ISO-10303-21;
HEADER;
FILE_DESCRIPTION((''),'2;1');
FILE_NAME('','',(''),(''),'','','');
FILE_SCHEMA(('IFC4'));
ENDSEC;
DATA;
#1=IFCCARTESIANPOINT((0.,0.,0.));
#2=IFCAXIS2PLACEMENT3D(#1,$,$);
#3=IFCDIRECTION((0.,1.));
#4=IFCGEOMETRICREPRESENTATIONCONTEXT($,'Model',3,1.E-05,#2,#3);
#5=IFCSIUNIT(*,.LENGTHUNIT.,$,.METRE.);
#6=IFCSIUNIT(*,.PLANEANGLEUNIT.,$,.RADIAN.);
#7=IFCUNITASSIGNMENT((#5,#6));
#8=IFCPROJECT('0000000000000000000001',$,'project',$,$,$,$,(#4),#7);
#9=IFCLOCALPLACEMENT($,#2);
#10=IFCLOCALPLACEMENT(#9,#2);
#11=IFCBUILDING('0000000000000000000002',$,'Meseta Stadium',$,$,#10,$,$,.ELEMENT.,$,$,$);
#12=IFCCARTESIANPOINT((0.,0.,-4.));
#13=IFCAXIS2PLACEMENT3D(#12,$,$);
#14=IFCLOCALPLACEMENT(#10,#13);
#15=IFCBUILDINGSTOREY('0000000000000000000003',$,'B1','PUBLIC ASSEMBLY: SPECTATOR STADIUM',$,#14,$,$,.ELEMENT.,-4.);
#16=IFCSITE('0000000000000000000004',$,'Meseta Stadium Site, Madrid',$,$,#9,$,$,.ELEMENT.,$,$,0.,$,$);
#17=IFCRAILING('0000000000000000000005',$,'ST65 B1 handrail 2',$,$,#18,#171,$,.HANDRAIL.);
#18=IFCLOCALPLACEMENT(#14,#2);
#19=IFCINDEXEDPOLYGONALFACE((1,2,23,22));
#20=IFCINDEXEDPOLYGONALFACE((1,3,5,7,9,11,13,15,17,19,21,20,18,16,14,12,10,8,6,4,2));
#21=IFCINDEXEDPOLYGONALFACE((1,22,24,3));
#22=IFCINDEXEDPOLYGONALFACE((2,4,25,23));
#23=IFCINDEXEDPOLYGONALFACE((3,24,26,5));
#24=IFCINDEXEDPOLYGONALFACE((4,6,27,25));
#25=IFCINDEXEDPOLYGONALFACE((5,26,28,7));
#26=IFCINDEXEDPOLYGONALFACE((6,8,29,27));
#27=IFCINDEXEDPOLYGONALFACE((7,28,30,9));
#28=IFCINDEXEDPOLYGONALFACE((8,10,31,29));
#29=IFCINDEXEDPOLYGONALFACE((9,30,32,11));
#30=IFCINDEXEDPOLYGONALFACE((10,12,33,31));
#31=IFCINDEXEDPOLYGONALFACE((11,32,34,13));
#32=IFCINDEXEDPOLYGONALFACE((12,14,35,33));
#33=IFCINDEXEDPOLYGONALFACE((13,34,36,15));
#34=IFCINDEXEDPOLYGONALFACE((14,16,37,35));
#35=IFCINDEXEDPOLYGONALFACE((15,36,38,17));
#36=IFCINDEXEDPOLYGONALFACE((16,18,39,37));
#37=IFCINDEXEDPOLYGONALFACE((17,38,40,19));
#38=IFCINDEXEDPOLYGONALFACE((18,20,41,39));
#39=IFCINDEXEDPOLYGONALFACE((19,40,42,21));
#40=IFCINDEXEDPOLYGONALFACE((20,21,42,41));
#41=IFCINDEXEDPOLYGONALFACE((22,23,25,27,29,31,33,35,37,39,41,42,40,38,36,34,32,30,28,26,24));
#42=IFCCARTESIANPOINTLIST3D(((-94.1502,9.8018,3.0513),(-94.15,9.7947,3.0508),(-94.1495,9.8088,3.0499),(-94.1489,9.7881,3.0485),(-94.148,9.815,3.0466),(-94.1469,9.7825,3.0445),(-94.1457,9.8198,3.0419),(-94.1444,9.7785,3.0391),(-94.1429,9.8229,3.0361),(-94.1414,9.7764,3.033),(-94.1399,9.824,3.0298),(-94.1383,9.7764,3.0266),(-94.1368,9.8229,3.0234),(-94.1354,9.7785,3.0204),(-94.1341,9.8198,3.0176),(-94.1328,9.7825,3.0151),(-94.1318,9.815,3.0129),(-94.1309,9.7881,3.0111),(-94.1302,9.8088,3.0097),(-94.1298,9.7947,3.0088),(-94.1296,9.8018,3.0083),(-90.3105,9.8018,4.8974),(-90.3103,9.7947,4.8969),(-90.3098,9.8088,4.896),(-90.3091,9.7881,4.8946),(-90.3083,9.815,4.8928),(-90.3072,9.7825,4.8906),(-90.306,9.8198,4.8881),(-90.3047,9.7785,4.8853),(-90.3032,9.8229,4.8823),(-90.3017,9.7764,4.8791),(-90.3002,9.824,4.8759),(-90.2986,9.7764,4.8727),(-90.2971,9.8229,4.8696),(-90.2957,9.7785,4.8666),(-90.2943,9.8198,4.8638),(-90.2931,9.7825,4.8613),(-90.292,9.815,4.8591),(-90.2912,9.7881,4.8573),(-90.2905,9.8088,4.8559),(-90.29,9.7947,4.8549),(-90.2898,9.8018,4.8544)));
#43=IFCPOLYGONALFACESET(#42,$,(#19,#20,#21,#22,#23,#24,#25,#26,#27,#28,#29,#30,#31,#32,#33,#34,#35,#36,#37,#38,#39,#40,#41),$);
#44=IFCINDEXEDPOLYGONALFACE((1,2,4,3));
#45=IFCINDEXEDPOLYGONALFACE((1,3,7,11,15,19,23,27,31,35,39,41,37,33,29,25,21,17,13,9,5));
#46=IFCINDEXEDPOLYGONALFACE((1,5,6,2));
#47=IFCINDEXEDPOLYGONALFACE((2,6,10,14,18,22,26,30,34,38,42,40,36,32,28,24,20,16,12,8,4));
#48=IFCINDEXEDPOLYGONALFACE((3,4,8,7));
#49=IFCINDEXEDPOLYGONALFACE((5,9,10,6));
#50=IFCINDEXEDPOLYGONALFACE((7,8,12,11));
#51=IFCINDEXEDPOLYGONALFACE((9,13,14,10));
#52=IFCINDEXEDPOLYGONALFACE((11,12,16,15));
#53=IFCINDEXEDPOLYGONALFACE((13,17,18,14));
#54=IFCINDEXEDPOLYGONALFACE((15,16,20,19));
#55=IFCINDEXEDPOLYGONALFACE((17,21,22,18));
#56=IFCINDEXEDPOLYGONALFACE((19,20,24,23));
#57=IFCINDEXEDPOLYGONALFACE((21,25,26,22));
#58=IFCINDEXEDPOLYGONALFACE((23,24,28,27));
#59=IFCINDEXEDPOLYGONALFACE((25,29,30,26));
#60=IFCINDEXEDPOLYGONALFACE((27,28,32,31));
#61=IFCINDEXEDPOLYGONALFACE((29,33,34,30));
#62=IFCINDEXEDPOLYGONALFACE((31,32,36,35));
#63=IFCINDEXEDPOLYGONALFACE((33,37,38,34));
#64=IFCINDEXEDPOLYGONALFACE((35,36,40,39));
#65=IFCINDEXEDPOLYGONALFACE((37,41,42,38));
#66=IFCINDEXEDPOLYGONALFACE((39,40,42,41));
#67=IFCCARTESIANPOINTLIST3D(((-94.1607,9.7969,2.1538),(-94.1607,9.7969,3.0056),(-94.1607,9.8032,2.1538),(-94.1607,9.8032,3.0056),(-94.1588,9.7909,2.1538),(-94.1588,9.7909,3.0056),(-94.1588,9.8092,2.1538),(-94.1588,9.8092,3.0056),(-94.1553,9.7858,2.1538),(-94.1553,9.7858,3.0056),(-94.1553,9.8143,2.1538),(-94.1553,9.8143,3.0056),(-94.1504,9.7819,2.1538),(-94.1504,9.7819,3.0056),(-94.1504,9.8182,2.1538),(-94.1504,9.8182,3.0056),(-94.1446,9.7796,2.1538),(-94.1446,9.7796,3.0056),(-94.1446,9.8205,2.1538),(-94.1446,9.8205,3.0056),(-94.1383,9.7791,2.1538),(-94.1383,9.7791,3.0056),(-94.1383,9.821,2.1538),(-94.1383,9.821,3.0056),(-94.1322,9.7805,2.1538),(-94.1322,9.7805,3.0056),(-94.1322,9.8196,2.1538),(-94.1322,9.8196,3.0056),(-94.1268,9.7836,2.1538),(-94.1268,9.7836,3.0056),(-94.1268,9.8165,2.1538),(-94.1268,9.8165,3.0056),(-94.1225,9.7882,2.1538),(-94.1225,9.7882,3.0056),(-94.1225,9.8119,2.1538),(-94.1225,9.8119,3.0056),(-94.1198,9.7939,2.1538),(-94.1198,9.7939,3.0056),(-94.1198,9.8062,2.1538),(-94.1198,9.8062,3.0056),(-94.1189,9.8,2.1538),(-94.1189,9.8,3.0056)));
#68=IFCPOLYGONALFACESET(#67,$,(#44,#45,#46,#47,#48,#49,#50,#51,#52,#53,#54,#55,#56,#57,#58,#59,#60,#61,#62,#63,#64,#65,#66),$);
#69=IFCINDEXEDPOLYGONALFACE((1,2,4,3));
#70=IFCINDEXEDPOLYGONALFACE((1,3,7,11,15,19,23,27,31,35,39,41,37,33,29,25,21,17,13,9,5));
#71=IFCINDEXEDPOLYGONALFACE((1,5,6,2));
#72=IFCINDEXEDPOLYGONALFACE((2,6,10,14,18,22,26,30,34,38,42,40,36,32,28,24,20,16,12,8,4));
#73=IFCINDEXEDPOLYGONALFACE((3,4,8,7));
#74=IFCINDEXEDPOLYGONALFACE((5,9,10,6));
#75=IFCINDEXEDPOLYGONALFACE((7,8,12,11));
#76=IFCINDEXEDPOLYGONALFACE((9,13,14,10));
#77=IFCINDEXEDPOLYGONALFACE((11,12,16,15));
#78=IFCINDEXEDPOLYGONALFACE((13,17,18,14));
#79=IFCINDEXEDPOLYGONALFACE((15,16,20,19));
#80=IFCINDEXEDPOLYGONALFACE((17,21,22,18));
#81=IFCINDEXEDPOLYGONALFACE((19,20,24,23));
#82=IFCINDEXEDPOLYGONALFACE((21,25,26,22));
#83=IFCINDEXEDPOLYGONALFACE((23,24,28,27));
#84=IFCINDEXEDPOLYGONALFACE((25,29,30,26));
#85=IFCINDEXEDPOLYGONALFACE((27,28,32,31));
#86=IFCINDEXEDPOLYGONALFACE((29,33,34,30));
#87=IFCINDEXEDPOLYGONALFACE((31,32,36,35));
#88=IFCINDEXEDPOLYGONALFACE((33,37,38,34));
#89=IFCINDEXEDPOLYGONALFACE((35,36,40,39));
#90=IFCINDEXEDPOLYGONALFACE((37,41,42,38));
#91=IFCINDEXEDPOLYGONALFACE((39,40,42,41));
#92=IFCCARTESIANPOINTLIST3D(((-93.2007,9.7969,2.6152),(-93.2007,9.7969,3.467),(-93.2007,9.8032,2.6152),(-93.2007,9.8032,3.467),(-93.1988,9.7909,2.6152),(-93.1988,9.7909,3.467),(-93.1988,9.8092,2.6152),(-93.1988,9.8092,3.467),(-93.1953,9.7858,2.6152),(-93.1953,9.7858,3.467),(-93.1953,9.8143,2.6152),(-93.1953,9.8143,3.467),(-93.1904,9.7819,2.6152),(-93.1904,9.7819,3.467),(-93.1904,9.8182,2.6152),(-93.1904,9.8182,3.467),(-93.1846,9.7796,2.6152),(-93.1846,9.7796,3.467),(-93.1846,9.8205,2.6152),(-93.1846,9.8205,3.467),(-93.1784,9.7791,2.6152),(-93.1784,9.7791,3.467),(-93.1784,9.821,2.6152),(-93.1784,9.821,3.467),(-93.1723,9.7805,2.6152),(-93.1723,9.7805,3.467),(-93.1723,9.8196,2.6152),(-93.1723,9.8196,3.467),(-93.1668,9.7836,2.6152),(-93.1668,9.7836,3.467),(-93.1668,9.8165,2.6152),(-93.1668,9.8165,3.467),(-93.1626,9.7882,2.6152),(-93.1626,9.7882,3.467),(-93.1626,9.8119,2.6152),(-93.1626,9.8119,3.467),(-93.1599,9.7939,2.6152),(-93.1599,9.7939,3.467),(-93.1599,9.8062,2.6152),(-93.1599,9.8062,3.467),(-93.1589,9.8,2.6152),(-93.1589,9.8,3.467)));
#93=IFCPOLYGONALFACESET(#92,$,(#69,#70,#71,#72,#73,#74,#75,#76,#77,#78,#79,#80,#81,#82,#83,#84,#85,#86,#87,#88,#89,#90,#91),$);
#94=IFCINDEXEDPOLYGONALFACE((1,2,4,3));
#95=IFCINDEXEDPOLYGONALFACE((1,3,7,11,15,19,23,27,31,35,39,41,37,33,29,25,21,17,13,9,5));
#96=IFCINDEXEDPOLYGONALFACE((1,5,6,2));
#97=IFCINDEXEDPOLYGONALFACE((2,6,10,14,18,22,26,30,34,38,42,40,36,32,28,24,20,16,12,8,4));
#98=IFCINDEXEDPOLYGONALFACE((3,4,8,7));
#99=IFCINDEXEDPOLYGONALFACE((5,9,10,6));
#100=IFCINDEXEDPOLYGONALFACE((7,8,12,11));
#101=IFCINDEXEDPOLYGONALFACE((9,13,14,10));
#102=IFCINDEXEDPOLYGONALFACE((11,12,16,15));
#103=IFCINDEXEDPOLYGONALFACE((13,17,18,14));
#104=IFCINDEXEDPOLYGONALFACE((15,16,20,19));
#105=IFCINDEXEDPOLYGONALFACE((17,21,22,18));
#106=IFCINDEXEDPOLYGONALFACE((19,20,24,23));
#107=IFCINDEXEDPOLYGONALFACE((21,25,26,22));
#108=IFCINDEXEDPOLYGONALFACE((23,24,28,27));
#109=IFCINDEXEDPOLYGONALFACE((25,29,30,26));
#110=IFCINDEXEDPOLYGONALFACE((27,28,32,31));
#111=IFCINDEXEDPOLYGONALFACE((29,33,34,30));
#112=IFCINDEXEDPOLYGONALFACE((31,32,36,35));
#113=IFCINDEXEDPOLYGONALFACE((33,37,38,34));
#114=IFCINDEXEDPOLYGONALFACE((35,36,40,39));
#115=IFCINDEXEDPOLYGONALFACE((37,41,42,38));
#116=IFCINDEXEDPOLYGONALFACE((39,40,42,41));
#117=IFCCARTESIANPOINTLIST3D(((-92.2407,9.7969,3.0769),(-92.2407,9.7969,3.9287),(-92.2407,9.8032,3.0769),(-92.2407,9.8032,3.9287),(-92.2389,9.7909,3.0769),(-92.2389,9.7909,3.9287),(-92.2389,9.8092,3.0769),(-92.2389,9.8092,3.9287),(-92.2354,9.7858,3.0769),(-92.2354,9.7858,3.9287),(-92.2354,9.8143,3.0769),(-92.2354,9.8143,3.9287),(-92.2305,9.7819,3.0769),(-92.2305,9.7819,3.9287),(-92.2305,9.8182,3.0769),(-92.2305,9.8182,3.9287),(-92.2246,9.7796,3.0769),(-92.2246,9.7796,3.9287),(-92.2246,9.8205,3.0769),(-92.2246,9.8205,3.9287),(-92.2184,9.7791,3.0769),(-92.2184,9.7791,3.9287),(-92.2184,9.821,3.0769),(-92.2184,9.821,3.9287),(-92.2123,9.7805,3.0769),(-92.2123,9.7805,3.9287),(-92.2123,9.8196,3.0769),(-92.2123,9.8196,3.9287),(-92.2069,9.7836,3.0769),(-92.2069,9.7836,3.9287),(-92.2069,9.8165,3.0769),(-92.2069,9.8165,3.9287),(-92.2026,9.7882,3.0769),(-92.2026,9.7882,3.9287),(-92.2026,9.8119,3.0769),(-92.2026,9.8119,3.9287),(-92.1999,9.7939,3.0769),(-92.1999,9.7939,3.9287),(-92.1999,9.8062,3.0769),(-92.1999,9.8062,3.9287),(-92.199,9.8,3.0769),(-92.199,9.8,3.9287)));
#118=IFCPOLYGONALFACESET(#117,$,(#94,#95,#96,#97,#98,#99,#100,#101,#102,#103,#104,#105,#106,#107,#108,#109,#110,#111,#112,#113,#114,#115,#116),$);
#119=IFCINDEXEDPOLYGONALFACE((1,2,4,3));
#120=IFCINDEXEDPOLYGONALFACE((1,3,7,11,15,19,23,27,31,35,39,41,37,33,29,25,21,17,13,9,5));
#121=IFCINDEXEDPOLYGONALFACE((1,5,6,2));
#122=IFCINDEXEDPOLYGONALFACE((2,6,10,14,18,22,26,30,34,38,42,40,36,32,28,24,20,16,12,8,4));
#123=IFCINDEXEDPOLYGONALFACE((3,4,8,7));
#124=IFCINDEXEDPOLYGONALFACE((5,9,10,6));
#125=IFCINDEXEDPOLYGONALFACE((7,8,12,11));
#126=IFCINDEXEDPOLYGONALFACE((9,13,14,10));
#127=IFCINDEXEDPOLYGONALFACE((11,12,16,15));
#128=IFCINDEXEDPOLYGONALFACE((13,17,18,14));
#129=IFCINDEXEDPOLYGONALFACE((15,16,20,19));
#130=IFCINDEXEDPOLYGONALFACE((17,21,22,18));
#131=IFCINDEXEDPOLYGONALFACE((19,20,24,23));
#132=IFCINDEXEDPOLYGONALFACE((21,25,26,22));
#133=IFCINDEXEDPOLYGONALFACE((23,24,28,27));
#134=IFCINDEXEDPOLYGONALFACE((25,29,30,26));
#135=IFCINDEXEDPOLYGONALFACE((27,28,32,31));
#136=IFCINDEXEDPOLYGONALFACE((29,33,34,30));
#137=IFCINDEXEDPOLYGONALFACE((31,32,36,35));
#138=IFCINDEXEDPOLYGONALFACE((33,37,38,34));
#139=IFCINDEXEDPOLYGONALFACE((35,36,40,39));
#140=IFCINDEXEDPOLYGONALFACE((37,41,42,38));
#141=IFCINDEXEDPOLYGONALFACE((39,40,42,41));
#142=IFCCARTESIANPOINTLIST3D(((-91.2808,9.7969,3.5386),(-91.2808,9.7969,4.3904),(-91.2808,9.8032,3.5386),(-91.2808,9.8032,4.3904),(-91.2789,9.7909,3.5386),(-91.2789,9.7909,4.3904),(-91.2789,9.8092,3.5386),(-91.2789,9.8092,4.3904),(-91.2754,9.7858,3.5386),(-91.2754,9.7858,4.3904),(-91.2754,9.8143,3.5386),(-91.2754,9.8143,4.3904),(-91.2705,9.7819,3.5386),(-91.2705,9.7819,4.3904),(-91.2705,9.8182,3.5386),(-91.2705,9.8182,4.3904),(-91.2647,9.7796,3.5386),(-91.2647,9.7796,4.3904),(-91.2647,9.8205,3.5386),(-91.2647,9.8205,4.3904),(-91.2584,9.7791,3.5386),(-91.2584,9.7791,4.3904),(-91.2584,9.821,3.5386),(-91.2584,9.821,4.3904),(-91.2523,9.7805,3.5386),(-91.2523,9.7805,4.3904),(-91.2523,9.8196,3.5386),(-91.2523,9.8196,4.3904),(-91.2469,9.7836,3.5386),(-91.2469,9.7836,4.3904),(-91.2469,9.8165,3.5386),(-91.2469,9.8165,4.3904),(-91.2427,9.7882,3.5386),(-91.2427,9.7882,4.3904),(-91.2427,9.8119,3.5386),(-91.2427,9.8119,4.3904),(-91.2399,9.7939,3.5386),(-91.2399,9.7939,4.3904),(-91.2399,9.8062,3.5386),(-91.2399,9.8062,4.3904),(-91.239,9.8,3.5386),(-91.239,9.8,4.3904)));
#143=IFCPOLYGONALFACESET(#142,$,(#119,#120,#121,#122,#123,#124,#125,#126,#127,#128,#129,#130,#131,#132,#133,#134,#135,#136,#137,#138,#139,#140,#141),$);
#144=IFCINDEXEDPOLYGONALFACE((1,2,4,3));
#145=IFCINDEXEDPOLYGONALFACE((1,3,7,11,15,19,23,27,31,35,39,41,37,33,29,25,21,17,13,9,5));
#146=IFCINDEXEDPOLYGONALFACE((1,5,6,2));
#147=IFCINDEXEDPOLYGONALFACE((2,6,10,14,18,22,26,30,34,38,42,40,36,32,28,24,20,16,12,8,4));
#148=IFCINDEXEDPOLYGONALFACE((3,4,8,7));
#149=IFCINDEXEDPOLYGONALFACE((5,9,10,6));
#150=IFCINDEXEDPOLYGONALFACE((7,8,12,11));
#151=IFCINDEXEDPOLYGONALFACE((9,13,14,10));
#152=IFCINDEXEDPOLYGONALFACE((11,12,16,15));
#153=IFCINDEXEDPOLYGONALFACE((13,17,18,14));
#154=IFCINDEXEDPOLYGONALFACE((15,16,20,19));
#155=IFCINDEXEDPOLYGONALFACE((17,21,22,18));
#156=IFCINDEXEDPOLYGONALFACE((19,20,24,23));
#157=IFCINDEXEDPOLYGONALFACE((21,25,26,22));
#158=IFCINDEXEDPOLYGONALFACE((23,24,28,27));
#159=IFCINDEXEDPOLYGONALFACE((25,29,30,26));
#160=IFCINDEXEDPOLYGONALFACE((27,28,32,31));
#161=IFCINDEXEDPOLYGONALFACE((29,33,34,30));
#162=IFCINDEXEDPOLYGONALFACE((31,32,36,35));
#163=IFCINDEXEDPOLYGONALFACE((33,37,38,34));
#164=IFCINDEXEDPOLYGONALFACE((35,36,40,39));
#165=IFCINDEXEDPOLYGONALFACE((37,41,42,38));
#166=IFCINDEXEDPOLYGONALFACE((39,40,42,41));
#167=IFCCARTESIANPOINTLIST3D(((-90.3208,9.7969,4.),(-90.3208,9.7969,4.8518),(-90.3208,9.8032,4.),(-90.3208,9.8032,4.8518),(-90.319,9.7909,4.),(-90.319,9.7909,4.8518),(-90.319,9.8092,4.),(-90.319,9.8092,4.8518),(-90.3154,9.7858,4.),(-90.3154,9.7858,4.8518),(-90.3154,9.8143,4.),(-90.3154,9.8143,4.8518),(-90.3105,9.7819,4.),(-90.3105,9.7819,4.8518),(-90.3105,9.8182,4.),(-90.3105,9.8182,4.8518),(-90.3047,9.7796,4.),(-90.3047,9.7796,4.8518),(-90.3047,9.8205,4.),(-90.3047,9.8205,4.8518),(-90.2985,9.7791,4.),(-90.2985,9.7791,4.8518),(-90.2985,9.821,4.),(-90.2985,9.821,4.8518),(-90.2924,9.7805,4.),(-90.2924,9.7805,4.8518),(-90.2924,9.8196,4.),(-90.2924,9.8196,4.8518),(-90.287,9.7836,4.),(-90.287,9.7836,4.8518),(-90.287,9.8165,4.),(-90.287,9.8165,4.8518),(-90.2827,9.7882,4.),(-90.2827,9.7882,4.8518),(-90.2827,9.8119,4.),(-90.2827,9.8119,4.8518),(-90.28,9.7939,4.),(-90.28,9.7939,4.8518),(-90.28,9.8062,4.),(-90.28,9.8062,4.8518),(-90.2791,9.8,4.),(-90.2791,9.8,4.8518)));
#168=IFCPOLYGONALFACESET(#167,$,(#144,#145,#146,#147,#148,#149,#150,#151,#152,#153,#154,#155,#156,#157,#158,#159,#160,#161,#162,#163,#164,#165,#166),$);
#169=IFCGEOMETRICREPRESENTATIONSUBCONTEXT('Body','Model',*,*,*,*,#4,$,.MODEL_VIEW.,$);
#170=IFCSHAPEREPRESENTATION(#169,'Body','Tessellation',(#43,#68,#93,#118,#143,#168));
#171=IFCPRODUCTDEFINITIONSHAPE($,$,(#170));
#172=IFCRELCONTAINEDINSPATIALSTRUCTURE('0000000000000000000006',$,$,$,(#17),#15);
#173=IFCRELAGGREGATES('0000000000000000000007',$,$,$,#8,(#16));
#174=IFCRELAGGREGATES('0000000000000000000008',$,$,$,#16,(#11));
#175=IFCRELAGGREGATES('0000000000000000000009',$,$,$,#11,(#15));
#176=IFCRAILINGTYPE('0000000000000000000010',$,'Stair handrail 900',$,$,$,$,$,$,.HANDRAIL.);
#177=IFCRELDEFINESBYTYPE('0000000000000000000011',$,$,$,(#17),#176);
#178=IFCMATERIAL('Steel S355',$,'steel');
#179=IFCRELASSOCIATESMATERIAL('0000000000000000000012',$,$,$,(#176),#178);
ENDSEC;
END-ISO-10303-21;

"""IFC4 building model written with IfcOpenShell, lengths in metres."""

from ifc_helpers import new_model, si_unit, direction, frame, origin, origin_2d, place, context, subcontext, project, spatial, circle, extrude, material, type_object, element, save


model = new_model("IFC4")

# Units and contexts
model_context = context("Model", 3, precision=1e-05, world=origin(), true_north=direction((0.0, 1.0)))
body_context = subcontext(model_context, "Body", "Model", "MODEL_VIEW")
ifc_project = project(units=[si_unit("LENGTHUNIT", "METRE"), si_unit("PLANEANGLEUNIT", "RADIAN")], contexts=[model_context])

# Site, building, storey
site_placement = place(None, origin())
site = spatial("IfcSite", under=ifc_project, at=site_placement, Name="Meseta Stadium Site, Madrid", CompositionType="ELEMENT", RefElevation=0.0)
building_placement = place(site_placement, origin())
building = spatial("IfcBuilding", under=site, at=building_placement, Name="Meseta Stadium", CompositionType="ELEMENT")
storey_placement = place(building_placement, frame((0.0, 0.0, -4.0)))
storey = spatial("IfcBuildingStorey", under=building, at=storey_placement, Name="B1", Description="PUBLIC ASSEMBLY: SPECTATOR STADIUM", CompositionType="ELEMENT", Elevation=-4.0)

# Railing
ifc_material_1 = material(Name="Steel S355", Category="steel")
railing_type_1 = type_object("IfcRailingType", Name="Stair handrail 900", PredefinedType="HANDRAIL", material=ifc_material_1)
for number, where, name in (
    (1, (-94.1399, 9.8, 2.1538), "ST65 B1 handrail 2"),
):
    element("IfcRailing", number, at=place(storey_placement, frame(where)), inside=storey, type_object=railing_type_1, Name=name, PredefinedType="HANDRAIL", context=body_context, shape_type="SweptSolid", body=[
        extrude(circle(Radius=0.0239, at=origin_2d()), frame((0.0, 0.0, 0.876), z_axis=(0.901242, 0.0, 0.433316), x_axis=(0.0, 1.0, 0.0)), (0.0, 0.0, 1.0), 4.2605),
        extrude(circle(Radius=0.021, at=origin_2d()), origin(), (0.0, 0.0, 1.0), 0.8518),
        extrude(circle(Radius=0.021, at=origin_2d()), frame((0.96, 0.0, 0.4614)), (0.0, 0.0, 1.0), 0.8518),
        extrude(circle(Radius=0.021, at=origin_2d()), frame((1.9199, 0.0, 0.9231)), (0.0, 0.0, 1.0), 0.8518),
        extrude(circle(Radius=0.021, at=origin_2d()), frame((2.8799, 0.0, 1.3848)), (0.0, 0.0, 1.0), 0.8518),
        extrude(circle(Radius=0.021, at=origin_2d()), frame((3.8398, 0.0, 1.8462)), (0.0, 0.0, 1.0), 0.8518),
    ])

save(model, "model.ifc")
